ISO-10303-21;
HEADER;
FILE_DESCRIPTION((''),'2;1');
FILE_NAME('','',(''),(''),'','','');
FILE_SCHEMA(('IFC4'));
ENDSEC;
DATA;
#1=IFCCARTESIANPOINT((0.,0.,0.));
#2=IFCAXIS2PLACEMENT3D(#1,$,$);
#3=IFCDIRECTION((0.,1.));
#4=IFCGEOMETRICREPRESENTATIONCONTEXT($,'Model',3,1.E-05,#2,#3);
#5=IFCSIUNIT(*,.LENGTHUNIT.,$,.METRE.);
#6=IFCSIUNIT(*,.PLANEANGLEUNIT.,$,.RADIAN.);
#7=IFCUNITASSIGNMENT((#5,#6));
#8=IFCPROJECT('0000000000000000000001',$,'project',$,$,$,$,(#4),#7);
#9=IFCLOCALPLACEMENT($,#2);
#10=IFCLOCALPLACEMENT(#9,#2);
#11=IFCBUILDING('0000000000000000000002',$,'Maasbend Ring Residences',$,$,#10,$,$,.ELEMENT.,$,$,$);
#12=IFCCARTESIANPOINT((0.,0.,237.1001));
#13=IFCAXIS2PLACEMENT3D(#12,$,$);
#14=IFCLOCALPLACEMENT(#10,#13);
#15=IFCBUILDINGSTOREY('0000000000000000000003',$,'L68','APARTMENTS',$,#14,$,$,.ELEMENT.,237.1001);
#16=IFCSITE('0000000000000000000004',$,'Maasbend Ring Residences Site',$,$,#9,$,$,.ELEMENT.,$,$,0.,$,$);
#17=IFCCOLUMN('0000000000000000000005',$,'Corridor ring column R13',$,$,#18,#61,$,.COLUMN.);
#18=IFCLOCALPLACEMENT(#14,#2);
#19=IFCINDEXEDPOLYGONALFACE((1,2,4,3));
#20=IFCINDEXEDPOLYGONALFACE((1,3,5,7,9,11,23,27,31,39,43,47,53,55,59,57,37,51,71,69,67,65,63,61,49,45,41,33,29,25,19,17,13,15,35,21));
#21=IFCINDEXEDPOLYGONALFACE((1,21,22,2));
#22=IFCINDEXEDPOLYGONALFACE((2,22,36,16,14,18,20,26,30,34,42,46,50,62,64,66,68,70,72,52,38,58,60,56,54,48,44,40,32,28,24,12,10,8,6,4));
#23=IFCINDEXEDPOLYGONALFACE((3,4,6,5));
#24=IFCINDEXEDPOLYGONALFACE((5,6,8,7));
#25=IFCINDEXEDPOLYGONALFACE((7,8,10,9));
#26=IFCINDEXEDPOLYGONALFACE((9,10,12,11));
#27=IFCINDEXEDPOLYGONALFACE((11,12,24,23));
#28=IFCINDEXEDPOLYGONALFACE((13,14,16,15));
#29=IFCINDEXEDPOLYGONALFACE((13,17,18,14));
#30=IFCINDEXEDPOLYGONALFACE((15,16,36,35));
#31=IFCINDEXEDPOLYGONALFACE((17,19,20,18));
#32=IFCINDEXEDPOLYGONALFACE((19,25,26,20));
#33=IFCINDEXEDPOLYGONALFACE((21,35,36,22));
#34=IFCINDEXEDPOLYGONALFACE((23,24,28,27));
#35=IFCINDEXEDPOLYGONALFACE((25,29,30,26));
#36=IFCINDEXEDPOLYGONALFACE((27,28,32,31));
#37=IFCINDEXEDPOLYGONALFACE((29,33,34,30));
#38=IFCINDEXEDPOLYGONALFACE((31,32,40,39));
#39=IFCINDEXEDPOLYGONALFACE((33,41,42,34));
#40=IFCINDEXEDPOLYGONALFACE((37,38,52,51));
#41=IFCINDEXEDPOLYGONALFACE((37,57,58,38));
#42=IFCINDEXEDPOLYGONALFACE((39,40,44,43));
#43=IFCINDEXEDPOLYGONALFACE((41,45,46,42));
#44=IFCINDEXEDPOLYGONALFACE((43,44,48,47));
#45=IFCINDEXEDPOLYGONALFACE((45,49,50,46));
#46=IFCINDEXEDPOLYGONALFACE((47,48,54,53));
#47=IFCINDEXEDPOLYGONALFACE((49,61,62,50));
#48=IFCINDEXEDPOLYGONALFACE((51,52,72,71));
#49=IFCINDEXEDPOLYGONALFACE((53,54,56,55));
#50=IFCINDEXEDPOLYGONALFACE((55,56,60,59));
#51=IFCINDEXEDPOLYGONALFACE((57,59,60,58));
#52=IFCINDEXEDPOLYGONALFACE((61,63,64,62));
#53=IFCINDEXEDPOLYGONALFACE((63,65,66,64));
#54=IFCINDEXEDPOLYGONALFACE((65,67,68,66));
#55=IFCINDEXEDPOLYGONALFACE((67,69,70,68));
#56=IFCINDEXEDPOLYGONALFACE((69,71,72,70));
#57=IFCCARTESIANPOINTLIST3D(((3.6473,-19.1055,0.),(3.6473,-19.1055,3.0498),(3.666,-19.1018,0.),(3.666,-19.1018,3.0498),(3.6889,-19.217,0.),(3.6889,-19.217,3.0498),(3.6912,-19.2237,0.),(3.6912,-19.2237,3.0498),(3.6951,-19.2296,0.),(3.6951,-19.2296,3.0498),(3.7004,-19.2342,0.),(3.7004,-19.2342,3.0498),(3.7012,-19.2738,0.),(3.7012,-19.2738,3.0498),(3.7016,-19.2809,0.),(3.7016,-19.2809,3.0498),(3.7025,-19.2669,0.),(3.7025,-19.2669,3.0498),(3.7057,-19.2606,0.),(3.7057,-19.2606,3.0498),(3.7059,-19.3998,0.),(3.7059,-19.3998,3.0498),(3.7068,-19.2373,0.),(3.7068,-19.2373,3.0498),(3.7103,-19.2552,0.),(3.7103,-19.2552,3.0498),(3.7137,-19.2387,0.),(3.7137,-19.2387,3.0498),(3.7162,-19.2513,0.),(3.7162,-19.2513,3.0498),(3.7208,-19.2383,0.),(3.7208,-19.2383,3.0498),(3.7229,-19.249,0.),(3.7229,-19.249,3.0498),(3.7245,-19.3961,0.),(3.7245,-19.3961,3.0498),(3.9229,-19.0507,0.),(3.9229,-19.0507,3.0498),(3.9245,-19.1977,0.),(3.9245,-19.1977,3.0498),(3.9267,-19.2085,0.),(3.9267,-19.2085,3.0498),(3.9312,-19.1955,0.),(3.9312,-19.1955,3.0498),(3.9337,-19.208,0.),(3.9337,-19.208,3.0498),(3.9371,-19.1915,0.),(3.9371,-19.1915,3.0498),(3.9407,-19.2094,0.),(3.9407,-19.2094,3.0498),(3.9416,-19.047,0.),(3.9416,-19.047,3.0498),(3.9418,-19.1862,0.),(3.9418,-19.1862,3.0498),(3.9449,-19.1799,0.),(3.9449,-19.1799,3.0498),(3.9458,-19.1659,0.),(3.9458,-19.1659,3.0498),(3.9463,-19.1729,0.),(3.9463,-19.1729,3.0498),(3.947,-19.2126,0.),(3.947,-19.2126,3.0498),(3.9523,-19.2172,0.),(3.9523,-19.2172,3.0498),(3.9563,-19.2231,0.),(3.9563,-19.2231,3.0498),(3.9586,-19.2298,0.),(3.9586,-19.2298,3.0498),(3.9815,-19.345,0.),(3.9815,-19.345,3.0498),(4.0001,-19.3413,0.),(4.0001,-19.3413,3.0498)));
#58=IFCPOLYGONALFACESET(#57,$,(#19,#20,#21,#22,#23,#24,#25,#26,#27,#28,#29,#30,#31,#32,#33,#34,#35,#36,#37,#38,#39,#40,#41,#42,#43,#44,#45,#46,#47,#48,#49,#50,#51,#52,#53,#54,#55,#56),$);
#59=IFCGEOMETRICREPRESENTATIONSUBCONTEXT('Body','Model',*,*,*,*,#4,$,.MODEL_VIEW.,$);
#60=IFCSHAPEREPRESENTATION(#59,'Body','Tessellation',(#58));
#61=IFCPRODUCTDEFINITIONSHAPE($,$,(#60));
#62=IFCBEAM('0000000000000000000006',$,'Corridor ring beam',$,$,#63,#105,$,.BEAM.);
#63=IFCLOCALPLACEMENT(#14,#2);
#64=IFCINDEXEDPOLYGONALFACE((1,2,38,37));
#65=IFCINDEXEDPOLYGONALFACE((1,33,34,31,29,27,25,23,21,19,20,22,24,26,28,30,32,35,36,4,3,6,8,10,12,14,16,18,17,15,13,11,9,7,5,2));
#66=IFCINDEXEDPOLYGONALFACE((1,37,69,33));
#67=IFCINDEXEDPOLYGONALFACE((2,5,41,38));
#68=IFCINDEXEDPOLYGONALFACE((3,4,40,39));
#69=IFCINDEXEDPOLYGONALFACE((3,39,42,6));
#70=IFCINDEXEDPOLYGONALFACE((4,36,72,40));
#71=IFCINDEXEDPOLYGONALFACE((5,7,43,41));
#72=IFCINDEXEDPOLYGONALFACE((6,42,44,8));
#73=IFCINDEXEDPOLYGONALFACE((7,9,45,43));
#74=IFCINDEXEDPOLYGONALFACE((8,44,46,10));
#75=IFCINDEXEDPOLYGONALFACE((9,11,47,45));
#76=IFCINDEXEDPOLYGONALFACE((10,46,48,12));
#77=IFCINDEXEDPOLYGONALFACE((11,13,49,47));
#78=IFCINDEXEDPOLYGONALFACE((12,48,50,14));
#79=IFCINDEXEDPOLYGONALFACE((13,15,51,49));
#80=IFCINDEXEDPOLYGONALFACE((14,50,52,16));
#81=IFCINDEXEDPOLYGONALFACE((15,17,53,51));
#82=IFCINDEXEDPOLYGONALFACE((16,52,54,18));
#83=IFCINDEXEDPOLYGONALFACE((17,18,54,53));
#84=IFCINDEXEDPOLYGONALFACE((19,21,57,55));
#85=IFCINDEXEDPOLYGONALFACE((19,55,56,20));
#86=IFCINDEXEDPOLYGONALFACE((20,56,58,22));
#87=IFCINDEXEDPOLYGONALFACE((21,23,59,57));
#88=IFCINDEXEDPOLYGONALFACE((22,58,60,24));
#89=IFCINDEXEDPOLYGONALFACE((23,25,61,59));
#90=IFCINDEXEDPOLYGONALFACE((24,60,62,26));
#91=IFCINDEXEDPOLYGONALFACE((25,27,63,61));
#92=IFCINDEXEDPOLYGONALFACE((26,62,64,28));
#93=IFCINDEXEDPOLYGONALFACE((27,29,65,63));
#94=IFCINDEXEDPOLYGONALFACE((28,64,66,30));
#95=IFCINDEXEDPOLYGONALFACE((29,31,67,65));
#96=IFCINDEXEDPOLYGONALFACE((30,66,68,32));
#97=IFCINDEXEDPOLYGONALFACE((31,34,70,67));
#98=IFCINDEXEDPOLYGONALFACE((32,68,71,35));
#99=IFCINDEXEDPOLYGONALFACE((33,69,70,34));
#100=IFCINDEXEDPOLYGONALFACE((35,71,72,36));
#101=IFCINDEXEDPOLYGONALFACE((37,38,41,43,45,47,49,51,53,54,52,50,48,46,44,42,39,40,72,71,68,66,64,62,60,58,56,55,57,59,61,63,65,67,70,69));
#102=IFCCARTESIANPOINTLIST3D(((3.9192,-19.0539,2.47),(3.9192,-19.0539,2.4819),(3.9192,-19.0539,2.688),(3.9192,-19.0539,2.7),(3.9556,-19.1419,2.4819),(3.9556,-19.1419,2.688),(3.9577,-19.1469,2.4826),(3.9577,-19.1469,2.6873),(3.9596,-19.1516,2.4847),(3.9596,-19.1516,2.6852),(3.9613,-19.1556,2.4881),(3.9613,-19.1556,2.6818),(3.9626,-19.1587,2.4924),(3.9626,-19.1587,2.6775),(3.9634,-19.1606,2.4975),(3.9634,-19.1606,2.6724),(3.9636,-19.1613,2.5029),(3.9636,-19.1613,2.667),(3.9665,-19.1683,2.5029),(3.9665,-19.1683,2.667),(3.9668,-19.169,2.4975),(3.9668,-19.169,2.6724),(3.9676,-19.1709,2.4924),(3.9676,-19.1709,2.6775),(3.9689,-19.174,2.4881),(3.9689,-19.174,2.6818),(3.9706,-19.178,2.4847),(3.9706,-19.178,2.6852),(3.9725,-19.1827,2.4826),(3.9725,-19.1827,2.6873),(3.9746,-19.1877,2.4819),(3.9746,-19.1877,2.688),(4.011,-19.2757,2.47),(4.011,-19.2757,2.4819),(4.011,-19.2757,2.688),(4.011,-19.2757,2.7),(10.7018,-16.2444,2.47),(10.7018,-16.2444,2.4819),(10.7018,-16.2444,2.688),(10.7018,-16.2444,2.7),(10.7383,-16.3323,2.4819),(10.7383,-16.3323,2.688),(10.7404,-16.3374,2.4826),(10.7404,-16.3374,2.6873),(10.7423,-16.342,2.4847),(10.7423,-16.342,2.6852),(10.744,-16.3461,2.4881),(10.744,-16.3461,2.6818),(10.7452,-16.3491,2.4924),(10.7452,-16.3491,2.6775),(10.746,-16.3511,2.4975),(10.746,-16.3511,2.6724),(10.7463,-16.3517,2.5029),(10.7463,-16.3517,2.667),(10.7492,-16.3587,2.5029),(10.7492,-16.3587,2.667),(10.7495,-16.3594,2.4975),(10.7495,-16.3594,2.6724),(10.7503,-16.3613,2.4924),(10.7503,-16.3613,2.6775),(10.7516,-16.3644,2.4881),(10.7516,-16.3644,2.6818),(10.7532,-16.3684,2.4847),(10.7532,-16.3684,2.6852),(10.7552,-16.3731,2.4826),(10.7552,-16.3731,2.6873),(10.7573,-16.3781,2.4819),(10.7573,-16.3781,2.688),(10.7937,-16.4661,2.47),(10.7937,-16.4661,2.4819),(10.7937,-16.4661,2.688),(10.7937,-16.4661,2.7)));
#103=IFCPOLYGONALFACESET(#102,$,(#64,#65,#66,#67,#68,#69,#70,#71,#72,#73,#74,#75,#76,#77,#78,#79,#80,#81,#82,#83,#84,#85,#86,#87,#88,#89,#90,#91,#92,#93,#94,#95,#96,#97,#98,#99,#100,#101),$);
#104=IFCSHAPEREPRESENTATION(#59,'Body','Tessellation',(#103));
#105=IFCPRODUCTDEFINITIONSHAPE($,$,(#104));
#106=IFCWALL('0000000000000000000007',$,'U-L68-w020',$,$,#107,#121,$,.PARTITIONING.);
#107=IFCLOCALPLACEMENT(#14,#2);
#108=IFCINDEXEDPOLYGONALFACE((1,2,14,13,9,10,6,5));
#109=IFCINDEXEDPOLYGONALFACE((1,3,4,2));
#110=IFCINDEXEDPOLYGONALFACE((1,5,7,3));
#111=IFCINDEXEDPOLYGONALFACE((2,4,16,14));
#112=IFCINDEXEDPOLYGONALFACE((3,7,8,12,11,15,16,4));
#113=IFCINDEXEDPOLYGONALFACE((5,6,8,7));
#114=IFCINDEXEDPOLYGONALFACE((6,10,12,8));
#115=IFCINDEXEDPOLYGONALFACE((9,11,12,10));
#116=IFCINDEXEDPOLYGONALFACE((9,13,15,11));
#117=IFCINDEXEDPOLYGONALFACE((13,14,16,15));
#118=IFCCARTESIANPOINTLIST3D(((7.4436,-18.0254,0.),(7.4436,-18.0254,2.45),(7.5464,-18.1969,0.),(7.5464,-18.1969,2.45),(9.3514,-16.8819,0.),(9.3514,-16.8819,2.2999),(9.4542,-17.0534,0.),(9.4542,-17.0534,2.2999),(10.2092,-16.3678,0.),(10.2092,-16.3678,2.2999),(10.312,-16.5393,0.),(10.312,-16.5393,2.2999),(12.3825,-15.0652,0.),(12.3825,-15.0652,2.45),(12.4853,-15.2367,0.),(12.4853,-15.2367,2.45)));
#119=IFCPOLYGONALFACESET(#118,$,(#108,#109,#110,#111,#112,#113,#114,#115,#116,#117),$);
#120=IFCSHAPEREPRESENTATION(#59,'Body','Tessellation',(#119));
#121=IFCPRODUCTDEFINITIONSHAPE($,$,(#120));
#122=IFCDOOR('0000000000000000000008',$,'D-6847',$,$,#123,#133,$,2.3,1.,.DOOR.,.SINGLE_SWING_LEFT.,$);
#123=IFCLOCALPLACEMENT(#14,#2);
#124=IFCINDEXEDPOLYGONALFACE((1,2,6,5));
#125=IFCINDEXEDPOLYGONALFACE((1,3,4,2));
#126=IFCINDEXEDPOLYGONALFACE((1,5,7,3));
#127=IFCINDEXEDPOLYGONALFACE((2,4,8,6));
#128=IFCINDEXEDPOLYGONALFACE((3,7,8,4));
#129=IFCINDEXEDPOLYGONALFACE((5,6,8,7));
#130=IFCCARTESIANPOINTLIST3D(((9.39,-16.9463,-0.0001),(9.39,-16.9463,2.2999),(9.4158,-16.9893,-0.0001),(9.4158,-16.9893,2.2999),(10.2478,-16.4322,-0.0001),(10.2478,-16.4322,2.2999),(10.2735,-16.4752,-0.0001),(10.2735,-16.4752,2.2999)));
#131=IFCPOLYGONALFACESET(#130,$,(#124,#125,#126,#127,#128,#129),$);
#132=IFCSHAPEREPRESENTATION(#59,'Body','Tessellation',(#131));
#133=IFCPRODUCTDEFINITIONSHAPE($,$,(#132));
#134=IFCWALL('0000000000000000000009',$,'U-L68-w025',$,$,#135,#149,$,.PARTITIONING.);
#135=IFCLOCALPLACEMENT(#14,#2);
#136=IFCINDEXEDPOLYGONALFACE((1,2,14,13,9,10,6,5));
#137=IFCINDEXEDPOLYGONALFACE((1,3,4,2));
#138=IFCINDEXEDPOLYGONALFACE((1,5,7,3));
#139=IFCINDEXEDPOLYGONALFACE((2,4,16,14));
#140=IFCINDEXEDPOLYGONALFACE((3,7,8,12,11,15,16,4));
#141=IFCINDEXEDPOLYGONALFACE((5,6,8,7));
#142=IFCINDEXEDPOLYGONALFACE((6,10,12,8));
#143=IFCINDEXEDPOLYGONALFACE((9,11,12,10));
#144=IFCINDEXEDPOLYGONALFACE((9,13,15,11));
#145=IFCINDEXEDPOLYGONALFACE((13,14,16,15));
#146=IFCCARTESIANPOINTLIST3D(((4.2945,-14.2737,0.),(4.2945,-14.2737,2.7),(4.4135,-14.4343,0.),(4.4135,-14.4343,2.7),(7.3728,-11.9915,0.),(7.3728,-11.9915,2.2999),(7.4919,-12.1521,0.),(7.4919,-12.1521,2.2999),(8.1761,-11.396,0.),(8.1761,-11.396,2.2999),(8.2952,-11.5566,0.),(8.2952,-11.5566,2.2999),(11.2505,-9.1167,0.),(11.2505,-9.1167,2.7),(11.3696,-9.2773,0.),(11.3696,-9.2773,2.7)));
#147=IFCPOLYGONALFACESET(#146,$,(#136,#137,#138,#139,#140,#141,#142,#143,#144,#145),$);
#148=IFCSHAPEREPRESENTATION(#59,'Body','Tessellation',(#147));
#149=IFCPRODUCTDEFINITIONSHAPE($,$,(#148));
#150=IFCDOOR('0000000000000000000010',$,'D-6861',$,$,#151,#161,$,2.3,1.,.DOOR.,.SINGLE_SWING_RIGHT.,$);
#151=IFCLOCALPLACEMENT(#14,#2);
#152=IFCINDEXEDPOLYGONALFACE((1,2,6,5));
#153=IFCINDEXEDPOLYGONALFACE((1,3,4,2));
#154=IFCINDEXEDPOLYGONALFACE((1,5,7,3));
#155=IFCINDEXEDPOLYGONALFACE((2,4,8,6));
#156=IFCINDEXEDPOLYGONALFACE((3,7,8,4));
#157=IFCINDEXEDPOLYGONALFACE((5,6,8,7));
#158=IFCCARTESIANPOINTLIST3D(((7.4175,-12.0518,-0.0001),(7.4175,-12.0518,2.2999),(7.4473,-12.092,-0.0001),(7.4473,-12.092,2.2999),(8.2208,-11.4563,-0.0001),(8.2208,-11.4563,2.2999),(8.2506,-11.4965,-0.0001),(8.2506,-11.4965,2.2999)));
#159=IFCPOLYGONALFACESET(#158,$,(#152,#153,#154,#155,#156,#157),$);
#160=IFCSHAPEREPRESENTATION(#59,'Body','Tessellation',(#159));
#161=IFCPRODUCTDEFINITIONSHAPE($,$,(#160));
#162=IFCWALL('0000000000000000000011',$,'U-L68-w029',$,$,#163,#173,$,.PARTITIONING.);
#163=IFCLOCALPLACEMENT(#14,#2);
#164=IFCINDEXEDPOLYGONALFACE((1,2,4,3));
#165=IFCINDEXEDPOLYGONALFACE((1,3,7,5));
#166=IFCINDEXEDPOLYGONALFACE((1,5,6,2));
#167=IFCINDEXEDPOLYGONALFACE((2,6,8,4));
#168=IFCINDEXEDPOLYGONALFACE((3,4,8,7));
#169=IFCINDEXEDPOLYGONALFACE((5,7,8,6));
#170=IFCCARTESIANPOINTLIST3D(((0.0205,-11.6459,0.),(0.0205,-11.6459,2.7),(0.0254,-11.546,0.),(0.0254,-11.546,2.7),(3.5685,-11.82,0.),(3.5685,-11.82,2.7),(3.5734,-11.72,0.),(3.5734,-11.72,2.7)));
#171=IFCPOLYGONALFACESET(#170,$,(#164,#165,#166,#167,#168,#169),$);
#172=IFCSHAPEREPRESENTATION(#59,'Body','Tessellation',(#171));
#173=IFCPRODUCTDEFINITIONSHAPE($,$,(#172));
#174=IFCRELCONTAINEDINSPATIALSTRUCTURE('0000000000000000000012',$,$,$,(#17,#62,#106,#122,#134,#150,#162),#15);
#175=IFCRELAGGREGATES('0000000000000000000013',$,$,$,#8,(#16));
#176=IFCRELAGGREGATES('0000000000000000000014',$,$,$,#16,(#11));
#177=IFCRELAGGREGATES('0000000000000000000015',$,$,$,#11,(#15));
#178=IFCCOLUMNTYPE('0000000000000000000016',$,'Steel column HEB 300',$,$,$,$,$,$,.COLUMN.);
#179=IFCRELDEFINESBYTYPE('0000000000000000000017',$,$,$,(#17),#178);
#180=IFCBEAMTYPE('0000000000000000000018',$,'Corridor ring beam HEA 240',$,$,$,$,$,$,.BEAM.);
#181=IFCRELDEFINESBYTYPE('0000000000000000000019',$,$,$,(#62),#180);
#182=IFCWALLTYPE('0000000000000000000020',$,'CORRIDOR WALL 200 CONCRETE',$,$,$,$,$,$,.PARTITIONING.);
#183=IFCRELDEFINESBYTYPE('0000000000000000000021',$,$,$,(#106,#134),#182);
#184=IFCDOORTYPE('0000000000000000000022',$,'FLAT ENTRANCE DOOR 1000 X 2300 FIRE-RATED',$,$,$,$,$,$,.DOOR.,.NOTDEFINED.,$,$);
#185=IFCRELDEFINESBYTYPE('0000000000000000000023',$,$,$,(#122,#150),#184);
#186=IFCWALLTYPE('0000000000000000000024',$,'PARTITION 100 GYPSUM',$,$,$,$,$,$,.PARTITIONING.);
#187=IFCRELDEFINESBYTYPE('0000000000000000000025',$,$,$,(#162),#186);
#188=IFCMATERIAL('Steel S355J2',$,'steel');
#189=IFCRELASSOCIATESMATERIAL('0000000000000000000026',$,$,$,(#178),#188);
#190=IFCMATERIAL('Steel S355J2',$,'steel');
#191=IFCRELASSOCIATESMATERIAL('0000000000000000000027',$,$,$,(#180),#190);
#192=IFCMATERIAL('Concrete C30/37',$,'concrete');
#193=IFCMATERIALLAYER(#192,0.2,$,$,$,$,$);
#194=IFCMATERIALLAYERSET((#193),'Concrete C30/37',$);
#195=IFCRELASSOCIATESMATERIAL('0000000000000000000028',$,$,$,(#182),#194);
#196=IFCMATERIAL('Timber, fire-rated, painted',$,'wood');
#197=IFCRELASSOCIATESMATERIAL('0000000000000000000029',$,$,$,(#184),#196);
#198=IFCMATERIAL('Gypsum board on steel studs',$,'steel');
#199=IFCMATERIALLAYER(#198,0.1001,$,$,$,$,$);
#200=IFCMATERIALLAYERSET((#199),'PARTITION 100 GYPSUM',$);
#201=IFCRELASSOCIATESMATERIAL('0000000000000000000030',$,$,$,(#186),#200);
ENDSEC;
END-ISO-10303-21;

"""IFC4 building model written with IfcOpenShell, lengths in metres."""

from ifc_helpers import new_model, si_unit, direction, frame, frame_2d, origin, origin_2d, place, context, subcontext, project, spatial, rectangle, i_section, extrude, material, layer, layer_set, material_profile, profile_set, type_object, element, fill, save


model = new_model("IFC4")

# Units and contexts
model_context = context("Model", 3, precision=1e-05, world=origin(), true_north=direction((0.0, 1.0)))
body_context = subcontext(model_context, "Body", "Model", "MODEL_VIEW")
ifc_project = project(units=[si_unit("LENGTHUNIT", "METRE"), si_unit("PLANEANGLEUNIT", "RADIAN")], contexts=[model_context])

# Site, building, storey
site_placement = place(None, origin())
site = spatial("IfcSite", under=ifc_project, at=site_placement, Name="Maasbend Ring Residences Site", CompositionType="ELEMENT", RefElevation=0.0)
building_placement = place(site_placement, origin())
building = spatial("IfcBuilding", under=site, at=building_placement, Name="Maasbend Ring Residences", CompositionType="ELEMENT")
storey_placement = place(building_placement, frame((0.0, 0.0, 237.1001)))
storey = spatial("IfcBuildingStorey", under=building, at=storey_placement, Name="L68", Description="APARTMENTS", CompositionType="ELEMENT", Elevation=237.1001)

# Column
ifc_material_1 = material(Name="Steel S355J2", Category="steel")
ifc_material_profile_1 = material_profile(ifc_material_1, i_section(OverallWidth=0.3, OverallDepth=0.3, WebThickness=0.011, FlangeThickness=0.019, FilletRadius=0.0271, at=origin_2d()), Name="HEB 300")
ifc_profile_set_1 = profile_set([ifc_material_profile_1], Name="Steel S355J2")
column_type = type_object("IfcColumnType", Name="Steel column HEB 300", PredefinedType="COLUMN", material=ifc_profile_set_1)
column_placement = place(storey_placement, frame((3.8237, -19.2234, 0.0), z_axis=(0.0, 0.0, 1.0), x_axis=(0.19509, -0.980785, 0.0)))
element("IfcColumn", 1, at=column_placement, inside=storey, type_object=column_type, Name="Corridor ring column R13", PredefinedType="COLUMN", context=body_context, shape_type="SweptSolid", body=[
    extrude(i_section(OverallWidth=0.3, OverallDepth=0.3, WebThickness=0.011, FlangeThickness=0.019, FilletRadius=0.0271, at=origin_2d()), origin(), (0.0, 0.0, 1.0), 3.0498),
])

# Beam
ifc_material_2 = material(Name="Steel S355J2", Category="steel")
ifc_material_profile_2 = material_profile(ifc_material_2, i_section(OverallWidth=0.24, OverallDepth=0.23, WebThickness=0.0076, FlangeThickness=0.012, FilletRadius=0.021, at=origin_2d()), Name="HEA 240")
ifc_profile_set_2 = profile_set([ifc_material_profile_2], Name="Steel S355J2")
beam_type = type_object("IfcBeamType", Name="Corridor ring beam HEA 240", PredefinedType="BEAM", material=ifc_profile_set_2)
beam_placement = place(storey_placement, frame((3.9651, -19.1648, 2.585), z_axis=(0.923876, 0.382692, 0.0), x_axis=(-0.382692, 0.923876, 0.0)))
element("IfcBeam", 2, at=beam_placement, inside=storey, type_object=beam_type, Name="Corridor ring beam", PredefinedType="BEAM", context=body_context, shape_type="SweptSolid", body=[
    extrude(i_section(OverallWidth=0.24, OverallDepth=0.23, WebThickness=0.0076, FlangeThickness=0.012, FilletRadius=0.021, at=origin_2d()), origin(), (0.0, 0.0, 1.0), 7.3416),
])

# Walls, openings, doors
ifc_material_3 = material(Name="Concrete C30/37", Category="concrete")
ifc_layer_1 = layer(ifc_material_3, 0.2)
ifc_layer_set_1 = layer_set([ifc_layer_1], Name="Concrete C30/37")
wall_type_1 = type_object("IfcWallType", Name="CORRIDOR WALL 200 CONCRETE", PredefinedType="PARTITIONING", material=ifc_layer_set_1)
wall_1_placement = place(storey_placement, frame((7.4951, -18.1111, 0.0), z_axis=(0.0, 0.0, 1.0), x_axis=(0.857736, 0.51409, 0.0)))
wall_1 = element("IfcWall", 3, at=wall_1_placement, inside=storey, type_object=wall_type_1, Name="U-L68-w020", PredefinedType="PARTITIONING", context=body_context, shape_type="SweptSolid", body=[
    extrude(rectangle(XDim=5.7581, YDim=0.2, at=frame_2d((2.8789, 0.0))), origin(), (0.0, 0.0, 1.0), 2.45),
])
opening_1_placement = place(wall_1_placement, frame((2.2241, 0.0, 0.0)))
opening_1 = element("IfcOpeningElement", 4, at=opening_1_placement, cuts=wall_1, PredefinedType="OPENING", context=body_context, shape_type="SweptSolid", body=[
    extrude(rectangle(XDim=1.0, YDim=2.3, at=frame_2d((0.5, 1.1499))), frame((0.0, 0.1099, 0.0), z_axis=(0.0, -1.0, 0.0), x_axis=(1.0, 0.0, 0.0)), (0.0, 0.0, 1.0), 0.22),
])
ifc_material_4 = material(Name="Timber, fire-rated, painted", Category="wood")
door_type_1 = type_object("IfcDoorType", Name="FLAT ENTRANCE DOOR 1000 X 2300 FIRE-RATED", OperationType="NOTDEFINED", PredefinedType="DOOR", material=ifc_material_4)
door_1_placement = place(opening_1_placement, origin())
door_1 = element("IfcDoor", 5, at=door_1_placement, inside=storey, type_object=door_type_1, Name="D-6847", OperationType="SINGLE_SWING_LEFT", OverallHeight=2.3, OverallWidth=1.0, PredefinedType="DOOR", context=body_context, shape_type="SweptSolid", body=[
    extrude(rectangle(XDim=1.0, YDim=2.3, at=frame_2d((0.5, 1.1499))), frame((0.0, 0.0249, 0.0), z_axis=(0.0, -1.0, 0.0), x_axis=(1.0, 0.0, 0.0)), (0.0, 0.0, 1.0), 0.05),
])
fill(opening_1, door_1)
wall_2_placement = place(storey_placement, frame((4.354, -14.354, 0.0), z_axis=(0.0, 0.0, 1.0), x_axis=(0.803317, 0.595552, 0.0)))
wall_2 = element("IfcWall", 6, at=wall_2_placement, inside=storey, type_object=wall_type_1, Name="U-L68-w025", PredefinedType="PARTITIONING", context=body_context, shape_type="SweptSolid", body=[
    extrude(rectangle(XDim=8.6592, YDim=0.2, at=frame_2d((4.3296, 0.0))), origin(), (0.0, 0.0, 1.0), 2.7),
])
opening_2_placement = place(wall_2_placement, frame((3.832, 0.0, 0.0)))
opening_2 = element("IfcOpeningElement", 7, at=opening_2_placement, cuts=wall_2, PredefinedType="OPENING", context=body_context, shape_type="SweptSolid", body=[
    extrude(rectangle(XDim=1.0, YDim=2.3, at=frame_2d((0.5, 1.1499))), frame((0.0, 0.1099, 0.0), z_axis=(0.0, -1.0, 0.0), x_axis=(1.0, 0.0, 0.0)), (0.0, 0.0, 1.0), 0.22),
])
door_2_placement = place(opening_2_placement, origin())
door_2 = element("IfcDoor", 8, at=door_2_placement, inside=storey, type_object=door_type_1, Name="D-6861", OperationType="SINGLE_SWING_RIGHT", OverallHeight=2.3, OverallWidth=1.0, PredefinedType="DOOR", context=body_context, shape_type="SweptSolid", body=[
    extrude(rectangle(XDim=1.0, YDim=2.3, at=frame_2d((0.5, 1.1499))), frame((0.0, 0.0249, 0.0), z_axis=(0.0, -1.0, 0.0), x_axis=(1.0, 0.0, 0.0)), (0.0, 0.0, 1.0), 0.05),
])
fill(opening_2, door_2)

# Wall
ifc_material_5 = material(Name="Gypsum board on steel studs", Category="steel")
ifc_layer_2 = layer(ifc_material_5, 0.1001)
ifc_layer_set_2 = layer_set([ifc_layer_2], Name="PARTITION 100 GYPSUM")
wall_type_2 = type_object("IfcWallType", Name="PARTITION 100 GYPSUM", PredefinedType="PARTITIONING", material=ifc_layer_set_2)
wall_3_placement = place(storey_placement, frame((0.0229, -11.5959, 0.0), z_axis=(0.0, 0.0, 1.0), x_axis=(0.998799, -0.049002, 0.0)))
element("IfcWall", 9, at=wall_3_placement, inside=storey, type_object=wall_type_2, Name="U-L68-w029", PredefinedType="PARTITIONING", context=body_context, shape_type="SweptSolid", body=[
    extrude(rectangle(XDim=3.5522, YDim=0.1001, at=frame_2d((1.7761, 0.0))), origin(), (0.0, 0.0, 1.0), 2.7),
])

save(model, "model.ifc")
